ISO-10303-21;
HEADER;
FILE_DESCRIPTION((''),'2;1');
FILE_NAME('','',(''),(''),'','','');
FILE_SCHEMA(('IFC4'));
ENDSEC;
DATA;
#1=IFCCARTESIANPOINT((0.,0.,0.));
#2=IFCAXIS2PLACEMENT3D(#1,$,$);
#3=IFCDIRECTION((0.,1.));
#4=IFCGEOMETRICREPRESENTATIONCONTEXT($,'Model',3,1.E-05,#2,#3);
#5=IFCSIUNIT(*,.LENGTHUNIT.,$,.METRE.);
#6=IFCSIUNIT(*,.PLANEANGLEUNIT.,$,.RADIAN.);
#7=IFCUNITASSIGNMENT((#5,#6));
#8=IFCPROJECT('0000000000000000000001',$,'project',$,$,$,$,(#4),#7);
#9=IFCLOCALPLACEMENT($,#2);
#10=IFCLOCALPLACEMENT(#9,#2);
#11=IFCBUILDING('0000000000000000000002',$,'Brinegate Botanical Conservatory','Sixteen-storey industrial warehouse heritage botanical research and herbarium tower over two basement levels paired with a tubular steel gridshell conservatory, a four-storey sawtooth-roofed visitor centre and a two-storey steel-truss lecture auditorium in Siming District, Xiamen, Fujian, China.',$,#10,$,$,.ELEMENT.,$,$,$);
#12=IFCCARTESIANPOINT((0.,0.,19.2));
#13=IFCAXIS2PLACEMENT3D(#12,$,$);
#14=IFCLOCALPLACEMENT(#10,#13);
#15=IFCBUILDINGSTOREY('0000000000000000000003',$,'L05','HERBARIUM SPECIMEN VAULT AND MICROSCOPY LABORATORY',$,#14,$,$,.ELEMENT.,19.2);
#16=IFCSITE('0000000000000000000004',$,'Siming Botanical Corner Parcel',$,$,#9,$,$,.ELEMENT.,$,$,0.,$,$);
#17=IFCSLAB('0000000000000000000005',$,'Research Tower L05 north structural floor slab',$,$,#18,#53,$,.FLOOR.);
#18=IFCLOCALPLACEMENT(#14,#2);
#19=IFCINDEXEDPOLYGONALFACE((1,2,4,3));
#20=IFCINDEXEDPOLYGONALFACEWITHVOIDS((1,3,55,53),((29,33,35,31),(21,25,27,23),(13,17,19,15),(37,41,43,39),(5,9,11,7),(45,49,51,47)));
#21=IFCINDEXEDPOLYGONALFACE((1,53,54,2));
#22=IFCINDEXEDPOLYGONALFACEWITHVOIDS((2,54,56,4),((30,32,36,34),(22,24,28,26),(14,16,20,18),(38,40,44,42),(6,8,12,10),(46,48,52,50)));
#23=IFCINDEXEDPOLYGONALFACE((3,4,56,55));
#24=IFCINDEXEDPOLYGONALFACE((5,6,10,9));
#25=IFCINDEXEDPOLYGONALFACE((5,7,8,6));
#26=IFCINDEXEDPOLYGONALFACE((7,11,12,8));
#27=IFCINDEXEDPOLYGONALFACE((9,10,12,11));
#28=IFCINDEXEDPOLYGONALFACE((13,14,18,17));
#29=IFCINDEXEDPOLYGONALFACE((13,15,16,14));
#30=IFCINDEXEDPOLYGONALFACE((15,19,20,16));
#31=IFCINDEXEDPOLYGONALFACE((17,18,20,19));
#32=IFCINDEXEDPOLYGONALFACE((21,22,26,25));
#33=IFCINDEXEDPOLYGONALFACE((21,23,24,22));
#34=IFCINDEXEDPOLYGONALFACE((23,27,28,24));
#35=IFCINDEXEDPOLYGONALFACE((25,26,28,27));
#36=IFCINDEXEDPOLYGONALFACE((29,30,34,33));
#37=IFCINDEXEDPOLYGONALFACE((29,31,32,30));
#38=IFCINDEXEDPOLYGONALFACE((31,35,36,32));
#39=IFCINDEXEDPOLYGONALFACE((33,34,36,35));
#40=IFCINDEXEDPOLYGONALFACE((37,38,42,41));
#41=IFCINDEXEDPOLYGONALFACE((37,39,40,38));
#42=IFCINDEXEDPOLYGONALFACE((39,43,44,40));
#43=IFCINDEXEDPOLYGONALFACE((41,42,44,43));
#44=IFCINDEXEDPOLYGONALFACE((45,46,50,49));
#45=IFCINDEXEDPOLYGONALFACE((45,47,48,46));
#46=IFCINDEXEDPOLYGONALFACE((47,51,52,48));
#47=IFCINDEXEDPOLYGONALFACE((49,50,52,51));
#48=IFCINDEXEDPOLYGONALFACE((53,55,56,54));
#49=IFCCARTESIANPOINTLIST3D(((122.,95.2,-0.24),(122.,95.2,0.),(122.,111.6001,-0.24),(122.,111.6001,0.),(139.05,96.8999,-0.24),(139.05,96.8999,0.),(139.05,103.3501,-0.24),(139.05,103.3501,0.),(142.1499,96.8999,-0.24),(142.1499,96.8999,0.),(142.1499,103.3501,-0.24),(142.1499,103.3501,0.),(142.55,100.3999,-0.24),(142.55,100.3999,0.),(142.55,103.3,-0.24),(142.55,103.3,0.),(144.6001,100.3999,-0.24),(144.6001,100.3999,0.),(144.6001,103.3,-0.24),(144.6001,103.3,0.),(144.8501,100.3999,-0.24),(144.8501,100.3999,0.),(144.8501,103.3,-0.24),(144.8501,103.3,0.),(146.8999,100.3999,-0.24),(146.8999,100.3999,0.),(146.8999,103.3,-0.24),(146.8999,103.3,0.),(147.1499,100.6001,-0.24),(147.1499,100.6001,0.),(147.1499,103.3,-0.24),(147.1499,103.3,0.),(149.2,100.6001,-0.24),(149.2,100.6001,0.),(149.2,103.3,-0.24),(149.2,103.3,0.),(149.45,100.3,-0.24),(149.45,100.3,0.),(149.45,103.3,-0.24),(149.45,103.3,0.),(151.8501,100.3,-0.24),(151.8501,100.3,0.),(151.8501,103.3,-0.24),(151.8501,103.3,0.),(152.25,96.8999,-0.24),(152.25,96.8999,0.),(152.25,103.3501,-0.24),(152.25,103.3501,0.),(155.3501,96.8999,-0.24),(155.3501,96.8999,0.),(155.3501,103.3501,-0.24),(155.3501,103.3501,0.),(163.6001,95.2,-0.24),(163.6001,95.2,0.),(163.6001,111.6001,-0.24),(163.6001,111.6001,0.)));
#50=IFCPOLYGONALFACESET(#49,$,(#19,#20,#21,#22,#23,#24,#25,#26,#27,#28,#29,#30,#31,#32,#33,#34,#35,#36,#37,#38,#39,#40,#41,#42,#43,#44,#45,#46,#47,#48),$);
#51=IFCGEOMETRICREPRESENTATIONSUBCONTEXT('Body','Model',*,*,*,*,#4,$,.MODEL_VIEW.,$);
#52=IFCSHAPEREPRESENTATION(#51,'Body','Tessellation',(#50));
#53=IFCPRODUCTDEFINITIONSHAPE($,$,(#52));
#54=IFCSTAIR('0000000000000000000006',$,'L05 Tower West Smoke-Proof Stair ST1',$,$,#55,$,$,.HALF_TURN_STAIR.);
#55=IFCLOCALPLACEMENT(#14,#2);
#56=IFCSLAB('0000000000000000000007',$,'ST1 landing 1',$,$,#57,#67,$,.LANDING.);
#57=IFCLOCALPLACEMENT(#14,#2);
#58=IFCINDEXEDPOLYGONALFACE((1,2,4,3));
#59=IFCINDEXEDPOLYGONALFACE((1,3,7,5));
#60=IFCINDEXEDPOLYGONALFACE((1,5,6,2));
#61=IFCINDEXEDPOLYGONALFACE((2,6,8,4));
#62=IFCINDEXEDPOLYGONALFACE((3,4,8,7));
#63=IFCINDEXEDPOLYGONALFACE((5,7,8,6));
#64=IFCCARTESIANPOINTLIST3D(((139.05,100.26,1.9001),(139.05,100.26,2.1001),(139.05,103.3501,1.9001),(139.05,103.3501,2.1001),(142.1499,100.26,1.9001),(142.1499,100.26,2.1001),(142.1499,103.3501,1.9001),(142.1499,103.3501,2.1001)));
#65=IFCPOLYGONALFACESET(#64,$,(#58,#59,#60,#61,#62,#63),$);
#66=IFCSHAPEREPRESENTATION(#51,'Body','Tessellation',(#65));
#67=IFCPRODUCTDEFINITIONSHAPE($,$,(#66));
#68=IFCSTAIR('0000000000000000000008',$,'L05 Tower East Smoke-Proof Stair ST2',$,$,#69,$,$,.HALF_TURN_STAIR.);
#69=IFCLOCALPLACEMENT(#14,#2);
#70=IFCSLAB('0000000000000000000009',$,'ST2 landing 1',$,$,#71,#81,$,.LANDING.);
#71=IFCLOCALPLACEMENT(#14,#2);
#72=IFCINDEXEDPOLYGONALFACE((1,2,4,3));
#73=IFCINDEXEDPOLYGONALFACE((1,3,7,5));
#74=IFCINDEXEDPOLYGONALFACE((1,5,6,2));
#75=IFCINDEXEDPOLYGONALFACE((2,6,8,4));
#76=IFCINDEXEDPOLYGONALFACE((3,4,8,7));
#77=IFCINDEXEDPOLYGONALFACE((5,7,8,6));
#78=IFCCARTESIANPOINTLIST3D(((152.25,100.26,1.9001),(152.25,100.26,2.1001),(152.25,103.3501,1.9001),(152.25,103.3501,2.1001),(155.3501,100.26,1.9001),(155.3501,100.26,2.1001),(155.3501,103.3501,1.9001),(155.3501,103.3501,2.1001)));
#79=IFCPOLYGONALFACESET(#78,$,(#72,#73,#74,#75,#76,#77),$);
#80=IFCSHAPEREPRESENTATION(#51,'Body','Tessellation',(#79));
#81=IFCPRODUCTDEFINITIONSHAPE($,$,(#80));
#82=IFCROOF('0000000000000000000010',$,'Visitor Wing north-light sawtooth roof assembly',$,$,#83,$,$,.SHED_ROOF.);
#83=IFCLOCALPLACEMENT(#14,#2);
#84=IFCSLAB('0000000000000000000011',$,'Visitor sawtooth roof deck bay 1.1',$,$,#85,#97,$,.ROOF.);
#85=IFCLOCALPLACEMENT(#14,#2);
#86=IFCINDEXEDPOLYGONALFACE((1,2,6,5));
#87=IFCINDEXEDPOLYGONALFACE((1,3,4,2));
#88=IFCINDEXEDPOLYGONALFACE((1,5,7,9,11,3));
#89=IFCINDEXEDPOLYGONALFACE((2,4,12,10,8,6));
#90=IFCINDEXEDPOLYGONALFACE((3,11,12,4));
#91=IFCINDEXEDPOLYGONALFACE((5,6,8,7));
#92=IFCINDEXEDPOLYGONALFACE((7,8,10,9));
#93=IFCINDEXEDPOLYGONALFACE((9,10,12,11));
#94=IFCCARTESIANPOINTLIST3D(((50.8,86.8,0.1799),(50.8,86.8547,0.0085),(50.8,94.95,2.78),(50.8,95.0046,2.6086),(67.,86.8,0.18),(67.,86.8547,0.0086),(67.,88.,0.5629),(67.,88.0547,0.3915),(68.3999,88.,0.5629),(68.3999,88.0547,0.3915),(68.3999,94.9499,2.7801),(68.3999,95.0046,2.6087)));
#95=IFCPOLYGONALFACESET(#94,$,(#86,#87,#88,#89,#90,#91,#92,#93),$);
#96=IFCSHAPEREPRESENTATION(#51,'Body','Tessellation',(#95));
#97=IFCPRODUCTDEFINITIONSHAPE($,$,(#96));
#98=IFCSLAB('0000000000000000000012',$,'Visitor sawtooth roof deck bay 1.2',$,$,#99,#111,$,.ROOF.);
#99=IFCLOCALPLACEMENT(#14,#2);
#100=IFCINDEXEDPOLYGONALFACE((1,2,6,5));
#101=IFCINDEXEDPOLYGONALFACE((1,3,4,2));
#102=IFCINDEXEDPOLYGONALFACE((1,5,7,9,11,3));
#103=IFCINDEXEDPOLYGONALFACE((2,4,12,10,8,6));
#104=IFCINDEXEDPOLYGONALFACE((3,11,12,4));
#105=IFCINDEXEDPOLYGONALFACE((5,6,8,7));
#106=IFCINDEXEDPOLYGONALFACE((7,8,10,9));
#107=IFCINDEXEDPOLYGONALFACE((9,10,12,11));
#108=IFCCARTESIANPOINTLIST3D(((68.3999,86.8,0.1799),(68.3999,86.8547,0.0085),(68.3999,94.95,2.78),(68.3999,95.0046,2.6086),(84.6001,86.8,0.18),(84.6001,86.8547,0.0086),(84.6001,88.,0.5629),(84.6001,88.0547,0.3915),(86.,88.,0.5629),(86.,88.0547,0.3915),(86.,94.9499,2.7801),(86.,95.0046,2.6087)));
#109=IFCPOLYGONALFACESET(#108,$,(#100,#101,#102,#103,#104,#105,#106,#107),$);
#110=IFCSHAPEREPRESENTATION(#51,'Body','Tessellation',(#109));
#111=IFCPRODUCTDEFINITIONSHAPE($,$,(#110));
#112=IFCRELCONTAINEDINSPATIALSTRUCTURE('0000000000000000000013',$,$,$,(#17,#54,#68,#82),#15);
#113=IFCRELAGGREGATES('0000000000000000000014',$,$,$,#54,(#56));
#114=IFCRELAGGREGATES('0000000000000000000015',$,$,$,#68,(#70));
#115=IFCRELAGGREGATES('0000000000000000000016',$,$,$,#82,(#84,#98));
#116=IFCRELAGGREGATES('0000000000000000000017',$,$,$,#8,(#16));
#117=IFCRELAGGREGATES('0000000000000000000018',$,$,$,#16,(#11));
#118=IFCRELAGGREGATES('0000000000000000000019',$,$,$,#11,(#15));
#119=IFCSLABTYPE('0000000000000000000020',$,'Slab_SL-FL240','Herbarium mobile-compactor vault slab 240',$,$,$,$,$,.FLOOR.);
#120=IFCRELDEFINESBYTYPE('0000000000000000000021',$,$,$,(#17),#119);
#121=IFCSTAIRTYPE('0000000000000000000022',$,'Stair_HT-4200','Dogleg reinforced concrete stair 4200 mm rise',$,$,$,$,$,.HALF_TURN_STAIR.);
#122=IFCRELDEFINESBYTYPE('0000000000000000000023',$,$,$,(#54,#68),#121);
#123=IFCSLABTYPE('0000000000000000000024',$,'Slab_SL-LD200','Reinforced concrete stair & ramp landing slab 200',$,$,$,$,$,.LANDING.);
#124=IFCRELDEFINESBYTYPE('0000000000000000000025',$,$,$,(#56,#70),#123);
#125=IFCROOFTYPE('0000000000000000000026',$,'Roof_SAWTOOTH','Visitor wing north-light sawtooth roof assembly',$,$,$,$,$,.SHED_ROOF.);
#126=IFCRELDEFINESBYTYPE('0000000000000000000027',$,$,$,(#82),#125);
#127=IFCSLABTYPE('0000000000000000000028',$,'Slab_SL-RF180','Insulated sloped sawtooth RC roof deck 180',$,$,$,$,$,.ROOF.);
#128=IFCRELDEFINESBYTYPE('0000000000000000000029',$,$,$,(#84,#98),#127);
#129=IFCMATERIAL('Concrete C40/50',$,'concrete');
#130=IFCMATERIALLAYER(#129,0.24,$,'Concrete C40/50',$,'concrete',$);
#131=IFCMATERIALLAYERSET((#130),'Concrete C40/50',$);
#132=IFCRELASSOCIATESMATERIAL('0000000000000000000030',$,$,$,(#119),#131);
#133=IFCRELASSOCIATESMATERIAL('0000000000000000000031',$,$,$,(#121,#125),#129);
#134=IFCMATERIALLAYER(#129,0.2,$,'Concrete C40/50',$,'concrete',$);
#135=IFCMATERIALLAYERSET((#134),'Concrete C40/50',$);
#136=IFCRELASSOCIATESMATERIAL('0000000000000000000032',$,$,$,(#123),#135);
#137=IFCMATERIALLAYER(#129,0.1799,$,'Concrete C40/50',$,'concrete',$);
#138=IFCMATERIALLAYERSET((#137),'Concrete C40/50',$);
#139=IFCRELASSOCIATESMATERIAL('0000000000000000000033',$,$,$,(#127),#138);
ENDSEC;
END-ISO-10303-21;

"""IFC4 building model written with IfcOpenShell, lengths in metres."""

from ifc_helpers import new_model, si_unit, direction, frame, origin, place, context, subcontext, project, spatial, polyline, outline, extrude, material, layer, layer_set, type_object, element, aggregate, save


model = new_model("IFC4")

# Units and contexts
model_context = context("Model", 3, precision=1e-05, world=origin(), true_north=direction((0.0, 1.0)))
body_context = subcontext(model_context, "Body", "Model", "MODEL_VIEW")
ifc_project = project(units=[si_unit("LENGTHUNIT", "METRE"), si_unit("PLANEANGLEUNIT", "RADIAN")], contexts=[model_context])

# Site, building, storey
site_placement = place(None, origin())
site = spatial("IfcSite", under=ifc_project, at=site_placement, Name="Siming Botanical Corner Parcel", CompositionType="ELEMENT", RefElevation=0.0)
building_placement = place(site_placement, origin())
building = spatial("IfcBuilding", under=site, at=building_placement, Name="Brinegate Botanical Conservatory", Description="Sixteen-storey industrial warehouse heritage botanical research and herbarium tower over two basement levels paired with a tubular steel gridshell conservatory, a four-storey sawtooth-roofed visitor centre and a two-storey steel-truss lecture auditorium in Siming District, Xiamen, Fujian, China.", CompositionType="ELEMENT")
storey_placement = place(building_placement, frame((0.0, 0.0, 19.2)))
storey = spatial("IfcBuildingStorey", under=building, at=storey_placement, Name="L05", Description="HERBARIUM SPECIMEN VAULT AND MICROSCOPY LABORATORY", CompositionType="ELEMENT", Elevation=19.2)

# Slab
ifc_material_1 = material(Name="Concrete C40/50", Category="concrete")
ifc_layer_1 = layer(ifc_material_1, 0.24, Name="Concrete C40/50", Category="concrete")
ifc_layer_set_1 = layer_set([ifc_layer_1], Name="Concrete C40/50")
slab_type_1 = type_object("IfcSlabType", Name="Slab_SL-FL240", Description="Herbarium mobile-compactor vault slab 240", PredefinedType="FLOOR", material=ifc_layer_set_1)
slab_1_placement = place(storey_placement, frame((0.0, 0.0, -0.24)))
element("IfcSlab", 1, at=slab_1_placement, inside=storey, type_object=slab_type_1, Name="Research Tower L05 north structural floor slab", PredefinedType="FLOOR", context=body_context, shape_type="SweptSolid", body=[
    extrude(outline(polyline([(122.0, 111.6001), (163.6001, 111.6001), (163.6001, 95.2), (122.0, 95.2), (122.0, 111.6001)]), holes=[polyline([(142.1499, 96.8999), (142.1499, 103.3501), (139.05, 103.3501), (139.05, 96.8999), (142.1499, 96.8999)]), polyline([(155.3501, 96.8999), (155.3501, 103.3501), (152.25, 103.3501), (152.25, 96.8999), (155.3501, 96.8999)]), polyline([(142.55, 100.3999), (144.6001, 100.3999), (144.6001, 103.3), (142.55, 103.3), (142.55, 100.3999)]), polyline([(144.8501, 100.3999), (146.8999, 100.3999), (146.8999, 103.3), (144.8501, 103.3), (144.8501, 100.3999)]), polyline([(147.1499, 100.6001), (149.2, 100.6001), (149.2, 103.3), (147.1499, 103.3), (147.1499, 100.6001)]), polyline([(149.45, 100.3), (151.8501, 100.3), (151.8501, 103.3), (149.45, 103.3), (149.45, 100.3)])]), origin(), (0.0, 0.0, 1.0), 0.24),
])

# Stairs, slabs
stair_type = type_object("IfcStairType", Name="Stair_HT-4200", Description="Dogleg reinforced concrete stair 4200 mm rise", PredefinedType="HALF_TURN_STAIR", material=ifc_material_1)
stair_1_placement = place(storey_placement, origin())
stair_1 = element("IfcStair", 2, at=stair_1_placement, inside=storey, type_object=stair_type, Name="L05 Tower West Smoke-Proof Stair ST1", PredefinedType="HALF_TURN_STAIR")
ifc_layer_2 = layer(ifc_material_1, 0.2, Name="Concrete C40/50", Category="concrete")
ifc_layer_set_2 = layer_set([ifc_layer_2], Name="Concrete C40/50")
slab_type_2 = type_object("IfcSlabType", Name="Slab_SL-LD200", Description="Reinforced concrete stair & ramp landing slab 200", PredefinedType="LANDING", material=ifc_layer_set_2)
slab_2_placement = place(storey_placement, frame((0.0, 0.0, 1.9001)))
slab_2 = element("IfcSlab", 3, at=slab_2_placement, type_object=slab_type_2, Name="ST1 landing 1", PredefinedType="LANDING", context=body_context, shape_type="SweptSolid", body=[
    extrude(outline(polyline([(142.1499, 100.26), (142.1499, 103.3501), (139.05, 103.3501), (139.05, 100.26), (142.1499, 100.26)])), origin(), (0.0, 0.0, 1.0), 0.2),
])
aggregate(stair_1, [slab_2])
stair_2_placement = place(storey_placement, origin())
stair_2 = element("IfcStair", 4, at=stair_2_placement, inside=storey, type_object=stair_type, Name="L05 Tower East Smoke-Proof Stair ST2", PredefinedType="HALF_TURN_STAIR")
slab_3_placement = place(storey_placement, frame((0.0, 0.0, 1.9001)))
slab_3 = element("IfcSlab", 5, at=slab_3_placement, type_object=slab_type_2, Name="ST2 landing 1", PredefinedType="LANDING", context=body_context, shape_type="SweptSolid", body=[
    extrude(outline(polyline([(155.3501, 100.26), (155.3501, 103.3501), (152.25, 103.3501), (152.25, 100.26), (155.3501, 100.26)])), origin(), (0.0, 0.0, 1.0), 0.2),
])
aggregate(stair_2, [slab_3])

# Roof, slabs
roof_type = type_object("IfcRoofType", Name="Roof_SAWTOOTH", Description="Visitor wing north-light sawtooth roof assembly", PredefinedType="SHED_ROOF", material=ifc_material_1)
roof_placement = place(storey_placement, origin())
roof = element("IfcRoof", 6, at=roof_placement, inside=storey, type_object=roof_type, Name="Visitor Wing north-light sawtooth roof assembly", PredefinedType="SHED_ROOF")
ifc_layer_3 = layer(ifc_material_1, 0.1799, Name="Concrete C40/50", Category="concrete")
ifc_layer_set_3 = layer_set([ifc_layer_3], Name="Concrete C40/50")
slab_type_3 = type_object("IfcSlabType", Name="Slab_SL-RF180", Description="Insulated sloped sawtooth RC roof deck 180", PredefinedType="ROOF", material=ifc_layer_set_3)
slab_4_placement = place(storey_placement, frame((50.8, 86.8, 0.1799), z_axis=(-0.000006, -0.303939, 0.952691), x_axis=(1.0, -0.000002, 0.000006)))
slab_4 = element("IfcSlab", 7, at=slab_4_placement, type_object=slab_type_3, Name="Visitor sawtooth roof deck bay 1.1", PredefinedType="ROOF", context=body_context, shape_type="SweptSolid", body=[
    extrude(outline(polyline([(0.0, 0.0), (16.2, 0.0), (16.2, 1.2596), (17.5999, 1.2596), (17.5999, 8.5546), (0.0, 8.5546), (0.0, 0.0)])), origin(), (0.0, 0.0, -1.0), 0.1799),
])
slab_5_placement = place(storey_placement, frame((68.3999, 86.8, 0.1799), z_axis=(-0.000006, -0.303939, 0.952691), x_axis=(1.0, -0.000002, 0.000006)))
slab_5 = element("IfcSlab", 8, at=slab_5_placement, type_object=slab_type_3, Name="Visitor sawtooth roof deck bay 1.2", PredefinedType="ROOF", context=body_context, shape_type="SweptSolid", body=[
    extrude(outline(polyline([(0.0, 0.0), (16.2002, 0.0), (16.2002, 1.2596), (17.6001, 1.2596), (17.6001, 8.5546), (0.0, 8.5546), (0.0, 0.0)])), origin(), (0.0, 0.0, -1.0), 0.1799),
])
aggregate(roof, [slab_4, slab_5])

save(model, "model.ifc")
